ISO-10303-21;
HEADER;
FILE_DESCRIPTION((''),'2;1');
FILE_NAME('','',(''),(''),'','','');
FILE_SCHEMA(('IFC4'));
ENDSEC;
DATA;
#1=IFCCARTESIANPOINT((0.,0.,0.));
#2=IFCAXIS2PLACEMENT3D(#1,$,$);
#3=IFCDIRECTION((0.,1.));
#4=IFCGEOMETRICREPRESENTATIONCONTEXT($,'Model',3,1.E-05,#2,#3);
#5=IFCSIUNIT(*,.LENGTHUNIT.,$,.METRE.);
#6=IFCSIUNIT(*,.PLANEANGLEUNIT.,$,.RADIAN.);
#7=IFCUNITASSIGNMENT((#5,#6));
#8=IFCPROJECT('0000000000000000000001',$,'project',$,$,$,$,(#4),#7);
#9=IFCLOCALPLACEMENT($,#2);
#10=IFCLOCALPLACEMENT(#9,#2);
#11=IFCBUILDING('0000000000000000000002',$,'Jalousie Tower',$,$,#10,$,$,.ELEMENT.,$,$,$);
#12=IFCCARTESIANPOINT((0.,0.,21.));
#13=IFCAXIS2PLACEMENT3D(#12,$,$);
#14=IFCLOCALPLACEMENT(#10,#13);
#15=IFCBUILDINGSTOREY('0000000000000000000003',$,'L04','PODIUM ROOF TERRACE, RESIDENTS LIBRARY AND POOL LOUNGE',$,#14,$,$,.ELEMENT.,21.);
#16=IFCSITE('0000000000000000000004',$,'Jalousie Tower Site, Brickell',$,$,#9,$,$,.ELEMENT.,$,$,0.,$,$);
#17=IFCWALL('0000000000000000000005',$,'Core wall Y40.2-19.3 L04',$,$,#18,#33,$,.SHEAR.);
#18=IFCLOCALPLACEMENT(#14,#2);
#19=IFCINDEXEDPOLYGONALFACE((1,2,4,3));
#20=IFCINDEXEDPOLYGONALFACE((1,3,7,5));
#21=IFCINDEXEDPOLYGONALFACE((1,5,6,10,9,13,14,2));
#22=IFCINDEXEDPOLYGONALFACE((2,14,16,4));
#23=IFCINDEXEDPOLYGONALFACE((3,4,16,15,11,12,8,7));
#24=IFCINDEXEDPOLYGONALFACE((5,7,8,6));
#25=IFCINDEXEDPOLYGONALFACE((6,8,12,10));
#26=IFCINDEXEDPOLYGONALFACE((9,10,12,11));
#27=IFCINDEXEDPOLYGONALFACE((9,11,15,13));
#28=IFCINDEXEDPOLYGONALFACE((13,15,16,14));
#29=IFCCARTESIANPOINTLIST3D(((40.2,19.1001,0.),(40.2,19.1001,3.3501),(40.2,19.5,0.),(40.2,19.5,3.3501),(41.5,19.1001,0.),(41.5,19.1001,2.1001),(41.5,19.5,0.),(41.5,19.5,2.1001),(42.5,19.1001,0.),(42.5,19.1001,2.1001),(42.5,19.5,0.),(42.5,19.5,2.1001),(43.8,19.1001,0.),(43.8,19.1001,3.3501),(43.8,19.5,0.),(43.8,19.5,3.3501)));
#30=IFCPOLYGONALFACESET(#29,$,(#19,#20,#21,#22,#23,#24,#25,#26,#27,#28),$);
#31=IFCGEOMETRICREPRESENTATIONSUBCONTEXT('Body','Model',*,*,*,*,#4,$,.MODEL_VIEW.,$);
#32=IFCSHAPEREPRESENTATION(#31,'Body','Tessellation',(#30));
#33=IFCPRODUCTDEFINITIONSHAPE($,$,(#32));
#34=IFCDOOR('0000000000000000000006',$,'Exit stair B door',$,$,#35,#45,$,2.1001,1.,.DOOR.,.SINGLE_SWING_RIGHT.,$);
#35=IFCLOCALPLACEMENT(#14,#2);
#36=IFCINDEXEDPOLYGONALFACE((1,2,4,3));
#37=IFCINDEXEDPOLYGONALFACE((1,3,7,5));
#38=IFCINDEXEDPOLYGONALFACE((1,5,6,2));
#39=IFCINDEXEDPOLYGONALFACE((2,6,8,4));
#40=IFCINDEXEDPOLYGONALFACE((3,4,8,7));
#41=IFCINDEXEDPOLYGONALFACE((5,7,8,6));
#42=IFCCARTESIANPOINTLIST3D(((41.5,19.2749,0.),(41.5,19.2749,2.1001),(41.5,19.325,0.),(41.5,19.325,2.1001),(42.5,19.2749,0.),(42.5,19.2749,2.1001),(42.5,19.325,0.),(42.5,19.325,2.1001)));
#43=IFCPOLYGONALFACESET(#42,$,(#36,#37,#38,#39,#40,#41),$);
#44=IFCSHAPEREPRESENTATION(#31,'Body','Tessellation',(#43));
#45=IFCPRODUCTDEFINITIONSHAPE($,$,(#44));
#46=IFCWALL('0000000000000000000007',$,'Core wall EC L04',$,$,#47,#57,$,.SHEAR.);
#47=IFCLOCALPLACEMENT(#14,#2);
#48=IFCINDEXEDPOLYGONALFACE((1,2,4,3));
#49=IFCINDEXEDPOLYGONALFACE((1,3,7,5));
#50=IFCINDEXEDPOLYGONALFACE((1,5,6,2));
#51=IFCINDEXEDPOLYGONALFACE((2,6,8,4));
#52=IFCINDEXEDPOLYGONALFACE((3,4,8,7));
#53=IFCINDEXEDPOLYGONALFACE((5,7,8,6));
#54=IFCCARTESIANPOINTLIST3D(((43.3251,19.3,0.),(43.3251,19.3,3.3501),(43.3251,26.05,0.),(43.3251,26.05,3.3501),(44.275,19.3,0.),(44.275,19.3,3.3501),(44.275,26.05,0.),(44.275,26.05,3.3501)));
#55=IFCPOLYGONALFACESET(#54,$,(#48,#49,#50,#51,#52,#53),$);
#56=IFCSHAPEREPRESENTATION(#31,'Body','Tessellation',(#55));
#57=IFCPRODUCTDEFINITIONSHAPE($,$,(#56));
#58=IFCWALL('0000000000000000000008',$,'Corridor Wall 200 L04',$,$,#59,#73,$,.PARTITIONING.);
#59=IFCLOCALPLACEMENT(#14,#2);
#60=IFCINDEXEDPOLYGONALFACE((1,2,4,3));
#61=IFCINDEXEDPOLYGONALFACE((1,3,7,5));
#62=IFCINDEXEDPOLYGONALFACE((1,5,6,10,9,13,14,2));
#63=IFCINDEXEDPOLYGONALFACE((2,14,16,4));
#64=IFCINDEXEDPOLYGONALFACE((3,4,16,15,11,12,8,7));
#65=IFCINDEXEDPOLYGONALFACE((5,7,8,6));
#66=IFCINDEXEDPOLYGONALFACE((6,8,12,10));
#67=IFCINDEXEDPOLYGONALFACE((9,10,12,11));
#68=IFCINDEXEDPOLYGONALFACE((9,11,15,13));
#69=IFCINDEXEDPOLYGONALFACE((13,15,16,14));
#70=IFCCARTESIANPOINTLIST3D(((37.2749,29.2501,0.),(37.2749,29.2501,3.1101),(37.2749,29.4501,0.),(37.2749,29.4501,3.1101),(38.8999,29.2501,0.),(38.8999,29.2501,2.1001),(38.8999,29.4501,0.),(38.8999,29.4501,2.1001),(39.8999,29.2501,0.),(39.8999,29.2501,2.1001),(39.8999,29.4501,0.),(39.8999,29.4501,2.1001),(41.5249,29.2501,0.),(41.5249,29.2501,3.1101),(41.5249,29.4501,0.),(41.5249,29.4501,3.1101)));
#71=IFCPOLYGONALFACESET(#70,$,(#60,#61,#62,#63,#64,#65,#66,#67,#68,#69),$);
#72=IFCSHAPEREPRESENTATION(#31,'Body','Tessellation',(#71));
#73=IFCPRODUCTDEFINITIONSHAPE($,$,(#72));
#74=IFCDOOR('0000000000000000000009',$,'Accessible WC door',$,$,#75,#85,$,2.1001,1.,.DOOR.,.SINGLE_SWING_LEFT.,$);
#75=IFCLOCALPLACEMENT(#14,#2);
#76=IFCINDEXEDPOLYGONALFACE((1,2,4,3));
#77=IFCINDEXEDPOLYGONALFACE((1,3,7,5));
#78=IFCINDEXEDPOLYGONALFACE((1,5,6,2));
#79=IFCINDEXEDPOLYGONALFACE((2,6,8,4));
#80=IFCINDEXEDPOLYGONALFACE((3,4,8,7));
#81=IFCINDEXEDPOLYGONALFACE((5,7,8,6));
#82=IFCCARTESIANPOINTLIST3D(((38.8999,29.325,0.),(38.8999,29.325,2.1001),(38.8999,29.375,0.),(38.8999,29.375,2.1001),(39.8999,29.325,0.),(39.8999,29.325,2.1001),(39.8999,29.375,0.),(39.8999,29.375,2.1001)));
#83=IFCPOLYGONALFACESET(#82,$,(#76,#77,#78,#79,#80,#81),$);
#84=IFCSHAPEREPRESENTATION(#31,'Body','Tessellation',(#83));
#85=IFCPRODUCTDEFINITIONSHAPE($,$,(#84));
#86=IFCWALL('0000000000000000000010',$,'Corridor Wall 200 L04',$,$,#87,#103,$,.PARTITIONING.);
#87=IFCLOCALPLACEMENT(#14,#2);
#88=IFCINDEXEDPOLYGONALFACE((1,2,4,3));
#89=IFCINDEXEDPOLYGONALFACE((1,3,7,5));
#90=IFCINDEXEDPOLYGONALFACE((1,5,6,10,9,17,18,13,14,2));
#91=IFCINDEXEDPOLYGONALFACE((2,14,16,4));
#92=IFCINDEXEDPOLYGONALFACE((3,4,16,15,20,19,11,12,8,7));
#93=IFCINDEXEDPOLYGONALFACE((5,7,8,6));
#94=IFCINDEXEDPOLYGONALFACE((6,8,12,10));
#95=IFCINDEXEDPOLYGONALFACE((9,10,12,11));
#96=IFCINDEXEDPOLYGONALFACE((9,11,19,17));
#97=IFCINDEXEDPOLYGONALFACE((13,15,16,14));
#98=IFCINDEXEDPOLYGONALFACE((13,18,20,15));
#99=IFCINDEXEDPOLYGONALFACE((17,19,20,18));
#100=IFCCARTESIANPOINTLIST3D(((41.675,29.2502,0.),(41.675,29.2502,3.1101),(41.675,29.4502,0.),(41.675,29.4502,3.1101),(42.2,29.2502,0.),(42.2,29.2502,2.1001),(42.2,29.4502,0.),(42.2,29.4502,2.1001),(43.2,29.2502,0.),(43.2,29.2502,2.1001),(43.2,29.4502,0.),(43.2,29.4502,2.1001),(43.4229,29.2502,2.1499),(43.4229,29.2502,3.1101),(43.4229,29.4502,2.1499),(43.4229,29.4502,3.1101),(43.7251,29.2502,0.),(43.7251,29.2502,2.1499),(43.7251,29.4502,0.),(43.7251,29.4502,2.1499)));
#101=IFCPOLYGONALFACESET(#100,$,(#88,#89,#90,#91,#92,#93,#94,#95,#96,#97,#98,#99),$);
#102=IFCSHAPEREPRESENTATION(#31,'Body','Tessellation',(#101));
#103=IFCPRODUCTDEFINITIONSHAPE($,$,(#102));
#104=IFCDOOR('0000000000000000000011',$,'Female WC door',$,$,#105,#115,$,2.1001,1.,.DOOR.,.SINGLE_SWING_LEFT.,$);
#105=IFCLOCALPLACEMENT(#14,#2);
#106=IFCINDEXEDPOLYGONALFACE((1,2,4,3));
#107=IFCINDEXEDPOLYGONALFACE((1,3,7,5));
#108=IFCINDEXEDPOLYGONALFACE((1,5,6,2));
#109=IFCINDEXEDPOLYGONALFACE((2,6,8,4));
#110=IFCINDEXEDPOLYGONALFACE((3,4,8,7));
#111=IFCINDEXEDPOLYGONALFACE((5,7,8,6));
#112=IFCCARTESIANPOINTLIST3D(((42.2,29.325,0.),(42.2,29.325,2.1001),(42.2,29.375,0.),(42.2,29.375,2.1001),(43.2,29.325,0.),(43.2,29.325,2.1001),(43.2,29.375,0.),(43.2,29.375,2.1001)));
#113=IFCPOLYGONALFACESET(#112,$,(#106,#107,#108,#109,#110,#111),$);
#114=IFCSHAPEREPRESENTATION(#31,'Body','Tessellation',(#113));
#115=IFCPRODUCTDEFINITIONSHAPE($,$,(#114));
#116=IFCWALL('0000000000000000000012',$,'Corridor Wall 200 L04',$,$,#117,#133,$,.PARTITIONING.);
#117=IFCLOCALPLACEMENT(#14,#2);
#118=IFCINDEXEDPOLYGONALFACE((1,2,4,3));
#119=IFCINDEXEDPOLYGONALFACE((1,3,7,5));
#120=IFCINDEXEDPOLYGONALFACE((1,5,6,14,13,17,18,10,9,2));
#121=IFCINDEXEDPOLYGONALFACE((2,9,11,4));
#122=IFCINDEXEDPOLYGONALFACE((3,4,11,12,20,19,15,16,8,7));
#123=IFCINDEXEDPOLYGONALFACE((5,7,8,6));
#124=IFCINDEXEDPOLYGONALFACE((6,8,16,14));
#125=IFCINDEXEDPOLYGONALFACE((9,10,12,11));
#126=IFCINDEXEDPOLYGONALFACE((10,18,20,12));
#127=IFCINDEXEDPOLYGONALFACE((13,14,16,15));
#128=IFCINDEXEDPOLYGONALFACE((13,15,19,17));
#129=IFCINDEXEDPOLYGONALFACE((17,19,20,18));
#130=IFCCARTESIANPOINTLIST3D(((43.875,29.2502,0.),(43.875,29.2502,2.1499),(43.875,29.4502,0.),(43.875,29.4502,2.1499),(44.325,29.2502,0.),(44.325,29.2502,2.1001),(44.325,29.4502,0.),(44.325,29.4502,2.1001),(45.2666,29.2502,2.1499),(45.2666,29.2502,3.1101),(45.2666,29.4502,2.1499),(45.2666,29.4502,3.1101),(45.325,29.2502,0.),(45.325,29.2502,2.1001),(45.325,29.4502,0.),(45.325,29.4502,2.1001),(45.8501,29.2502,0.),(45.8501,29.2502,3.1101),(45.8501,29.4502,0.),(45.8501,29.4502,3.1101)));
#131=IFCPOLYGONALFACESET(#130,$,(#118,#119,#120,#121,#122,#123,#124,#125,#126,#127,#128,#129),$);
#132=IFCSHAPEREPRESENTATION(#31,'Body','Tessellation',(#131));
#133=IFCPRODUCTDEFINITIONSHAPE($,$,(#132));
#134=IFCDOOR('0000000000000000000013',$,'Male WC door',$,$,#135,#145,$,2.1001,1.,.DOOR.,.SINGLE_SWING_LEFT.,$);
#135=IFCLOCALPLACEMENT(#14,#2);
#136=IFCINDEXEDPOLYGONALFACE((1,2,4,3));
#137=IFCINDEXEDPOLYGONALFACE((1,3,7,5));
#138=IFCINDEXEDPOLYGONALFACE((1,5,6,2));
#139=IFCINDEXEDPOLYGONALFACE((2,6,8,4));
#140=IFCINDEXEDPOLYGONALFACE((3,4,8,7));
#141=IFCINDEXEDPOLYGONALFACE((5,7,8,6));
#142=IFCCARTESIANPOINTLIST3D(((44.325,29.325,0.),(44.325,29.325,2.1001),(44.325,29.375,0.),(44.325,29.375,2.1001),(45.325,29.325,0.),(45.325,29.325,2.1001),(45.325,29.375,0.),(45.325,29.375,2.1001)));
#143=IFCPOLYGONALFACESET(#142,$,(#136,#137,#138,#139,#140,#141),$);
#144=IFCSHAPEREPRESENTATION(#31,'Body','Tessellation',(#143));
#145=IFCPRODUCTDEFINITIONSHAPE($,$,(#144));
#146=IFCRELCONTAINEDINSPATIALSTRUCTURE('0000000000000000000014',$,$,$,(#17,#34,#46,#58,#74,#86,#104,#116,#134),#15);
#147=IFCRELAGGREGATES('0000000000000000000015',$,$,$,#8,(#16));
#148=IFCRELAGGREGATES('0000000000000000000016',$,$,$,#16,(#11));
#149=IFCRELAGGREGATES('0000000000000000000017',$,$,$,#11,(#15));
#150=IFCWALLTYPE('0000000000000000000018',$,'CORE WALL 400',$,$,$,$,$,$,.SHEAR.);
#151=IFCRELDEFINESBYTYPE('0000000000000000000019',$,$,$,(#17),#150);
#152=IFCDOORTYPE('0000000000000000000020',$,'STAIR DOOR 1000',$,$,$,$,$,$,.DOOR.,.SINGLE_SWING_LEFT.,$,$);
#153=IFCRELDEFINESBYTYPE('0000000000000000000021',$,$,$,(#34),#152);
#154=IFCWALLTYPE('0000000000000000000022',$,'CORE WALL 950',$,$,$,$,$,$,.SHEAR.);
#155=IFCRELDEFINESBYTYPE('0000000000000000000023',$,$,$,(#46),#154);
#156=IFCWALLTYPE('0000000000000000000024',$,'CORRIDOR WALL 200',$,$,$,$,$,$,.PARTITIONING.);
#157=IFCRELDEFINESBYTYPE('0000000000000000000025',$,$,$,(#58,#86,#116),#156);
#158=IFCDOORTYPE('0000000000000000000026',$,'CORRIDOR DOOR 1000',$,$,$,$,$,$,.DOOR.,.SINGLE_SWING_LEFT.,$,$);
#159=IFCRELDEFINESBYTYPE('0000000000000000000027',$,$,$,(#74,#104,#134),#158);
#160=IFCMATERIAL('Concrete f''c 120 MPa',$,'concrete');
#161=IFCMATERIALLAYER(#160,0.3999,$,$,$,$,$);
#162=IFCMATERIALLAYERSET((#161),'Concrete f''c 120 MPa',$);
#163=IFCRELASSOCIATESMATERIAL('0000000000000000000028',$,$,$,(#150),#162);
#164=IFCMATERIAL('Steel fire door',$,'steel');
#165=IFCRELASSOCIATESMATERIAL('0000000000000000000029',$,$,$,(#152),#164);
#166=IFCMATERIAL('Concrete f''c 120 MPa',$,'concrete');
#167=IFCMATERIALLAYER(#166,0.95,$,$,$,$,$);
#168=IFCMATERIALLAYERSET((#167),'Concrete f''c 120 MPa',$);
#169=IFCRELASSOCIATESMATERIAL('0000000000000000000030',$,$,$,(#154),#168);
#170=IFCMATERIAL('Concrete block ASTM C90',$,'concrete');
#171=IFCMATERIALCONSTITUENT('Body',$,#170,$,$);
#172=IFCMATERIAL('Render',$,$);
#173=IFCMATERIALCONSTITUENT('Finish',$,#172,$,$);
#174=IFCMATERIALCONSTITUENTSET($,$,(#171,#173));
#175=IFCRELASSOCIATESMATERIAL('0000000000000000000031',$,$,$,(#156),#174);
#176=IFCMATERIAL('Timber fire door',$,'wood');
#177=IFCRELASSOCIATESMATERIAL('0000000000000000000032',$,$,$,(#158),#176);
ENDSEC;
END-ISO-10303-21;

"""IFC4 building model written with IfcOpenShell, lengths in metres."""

from ifc_helpers import new_model, si_unit, direction, frame, frame_2d, origin, place, context, subcontext, project, spatial, polyline, rectangle, outline, extrude, material, layer, layer_set, constituent, constituent_set, type_object, element, fill, save


model = new_model("IFC4")

# Units and contexts
model_context = context("Model", 3, precision=1e-05, world=origin(), true_north=direction((0.0, 1.0)))
body_context = subcontext(model_context, "Body", "Model", "MODEL_VIEW")
ifc_project = project(units=[si_unit("LENGTHUNIT", "METRE"), si_unit("PLANEANGLEUNIT", "RADIAN")], contexts=[model_context])

# Site, building, storey
site_placement = place(None, origin())
site = spatial("IfcSite", under=ifc_project, at=site_placement, Name="Jalousie Tower Site, Brickell", CompositionType="ELEMENT", RefElevation=0.0)
building_placement = place(site_placement, origin())
building = spatial("IfcBuilding", under=site, at=building_placement, Name="Jalousie Tower", CompositionType="ELEMENT")
storey_placement = place(building_placement, frame((0.0, 0.0, 21.0)))
storey = spatial("IfcBuildingStorey", under=building, at=storey_placement, Name="L04", Description="PODIUM ROOF TERRACE, RESIDENTS LIBRARY AND POOL LOUNGE", CompositionType="ELEMENT", Elevation=21.0)

# Shared definitions
ifc_material_1 = material(Name="Concrete f'c 120 MPa", Category="concrete")
ifc_layer_1 = layer(ifc_material_1, 0.3999)
ifc_layer_set_1 = layer_set([ifc_layer_1], Name="Concrete f'c 120 MPa")
wall_type_1 = type_object("IfcWallType", Name="CORE WALL 400", PredefinedType="SHEAR", material=ifc_layer_set_1)

# Wall, opening, door
wall_1_placement = place(storey_placement, frame((40.2, 19.3, 0.0), z_axis=(0.0, 0.0, 1.0), x_axis=(1.0, 0.0, 0.0)))
wall_1 = element("IfcWall", 1, at=wall_1_placement, inside=storey, type_object=wall_type_1, Name="Core wall Y40.2-19.3 L04", PredefinedType="SHEAR", context=body_context, shape_type="SweptSolid", body=[
    extrude(rectangle(XDim=3.6001, YDim=0.3999, at=frame_2d((1.8, 0.0))), origin(), (0.0, 0.0, 1.0), 3.3501),
])
opening_1_placement = place(wall_1_placement, frame((1.3, 0.0, 0.0)))
opening_1 = element("IfcOpeningElement", 2, at=opening_1_placement, cuts=wall_1, PredefinedType="OPENING", context=body_context, shape_type="SweptSolid", body=[
    extrude(rectangle(XDim=1.0, YDim=2.1001, at=frame_2d((0.5, 1.05))), frame((0.0, 0.21, 0.0), z_axis=(0.0, -1.0, 0.0), x_axis=(1.0, 0.0, 0.0)), (0.0, 0.0, 1.0), 0.4199),
])
ifc_material_2 = material(Name="Steel fire door", Category="steel")
door_type_1 = type_object("IfcDoorType", Name="STAIR DOOR 1000", OperationType="SINGLE_SWING_LEFT", PredefinedType="DOOR", material=ifc_material_2)
door_1_placement = place(opening_1_placement, origin())
door_1 = element("IfcDoor", 3, at=door_1_placement, inside=storey, type_object=door_type_1, Name="Exit stair B door", OperationType="SINGLE_SWING_RIGHT", OverallHeight=2.1001, OverallWidth=1.0, PredefinedType="DOOR", context=body_context, shape_type="SweptSolid", body=[
    extrude(rectangle(XDim=1.0, YDim=2.1001, at=frame_2d((0.5, 1.05))), frame((0.0, 0.0249, 0.0), z_axis=(0.0, -1.0, 0.0), x_axis=(1.0, 0.0, 0.0)), (0.0, 0.0, 1.0), 0.05),
])
fill(opening_1, door_1)

# Wall
ifc_material_3 = material(Name="Concrete f'c 120 MPa", Category="concrete")
ifc_layer_2 = layer(ifc_material_3, 0.95)
ifc_layer_set_2 = layer_set([ifc_layer_2], Name="Concrete f'c 120 MPa")
wall_type_2 = type_object("IfcWallType", Name="CORE WALL 950", PredefinedType="SHEAR", material=ifc_layer_set_2)
wall_2_placement = place(storey_placement, frame((43.8, 19.3, 0.0), z_axis=(0.0, 0.0, 1.0), x_axis=(0.0, 1.0, 0.0)))
element("IfcWall", 4, at=wall_2_placement, inside=storey, type_object=wall_type_2, Name="Core wall EC L04", PredefinedType="SHEAR", context=body_context, shape_type="SweptSolid", body=[
    extrude(rectangle(XDim=6.75, YDim=0.95, at=frame_2d((3.375, 0.0))), origin(), (0.0, 0.0, 1.0), 3.3501),
])

# Walls, openings, doors
ifc_material_4 = material(Name="Concrete block ASTM C90", Category="concrete")
ifc_constituent_1 = constituent(ifc_material_4, Name="Body")
ifc_material_5 = material(Name="Render")
ifc_constituent_2 = constituent(ifc_material_5, Name="Finish")
ifc_constituent_set_1 = constituent_set(constituents=[ifc_constituent_1, ifc_constituent_2])
wall_type_3 = type_object("IfcWallType", Name="CORRIDOR WALL 200", PredefinedType="PARTITIONING", material=ifc_constituent_set_1)
wall_3_placement = place(storey_placement, frame((37.2749, 29.3501, 0.0), z_axis=(0.0, 0.0, 1.0), x_axis=(1.0, 0.0, 0.0)))
wall_3 = element("IfcWall", 5, at=wall_3_placement, inside=storey, type_object=wall_type_3, Name="Corridor Wall 200 L04", PredefinedType="PARTITIONING", context=body_context, shape_type="SweptSolid", body=[
    extrude(rectangle(XDim=4.25, YDim=0.2, at=frame_2d((2.125, 0.0))), origin(), (0.0, 0.0, 1.0), 3.1101),
])
opening_2_placement = place(wall_3_placement, frame((1.625, 0.0, 0.0)))
opening_2 = element("IfcOpeningElement", 6, at=opening_2_placement, cuts=wall_3, PredefinedType="OPENING", context=body_context, shape_type="SweptSolid", body=[
    extrude(rectangle(XDim=1.0, YDim=2.1001, at=frame_2d((0.5, 1.05))), frame((0.0, 0.1099, 0.0), z_axis=(0.0, -1.0, 0.0), x_axis=(1.0, 0.0, 0.0)), (0.0, 0.0, 1.0), 0.22),
])
ifc_material_6 = material(Name="Timber fire door", Category="wood")
door_type_2 = type_object("IfcDoorType", Name="CORRIDOR DOOR 1000", OperationType="SINGLE_SWING_LEFT", PredefinedType="DOOR", material=ifc_material_6)
door_2_placement = place(opening_2_placement, origin())
door_2 = element("IfcDoor", 7, at=door_2_placement, inside=storey, type_object=door_type_2, Name="Accessible WC door", OperationType="SINGLE_SWING_LEFT", OverallHeight=2.1001, OverallWidth=1.0, PredefinedType="DOOR", context=body_context, shape_type="SweptSolid", body=[
    extrude(rectangle(XDim=1.0, YDim=2.1001, at=frame_2d((0.5, 1.05))), frame((0.0, 0.0249, 0.0), z_axis=(0.0, -1.0, 0.0), x_axis=(1.0, 0.0, 0.0)), (0.0, 0.0, 1.0), 0.05),
])
fill(opening_2, door_2)
wall_4_placement = place(storey_placement, frame((41.675, 29.3501, 0.0), z_axis=(0.0, 0.0, 1.0), x_axis=(1.0, 0.0, 0.0)))
wall_4 = element("IfcWall", 8, at=wall_4_placement, inside=storey, type_object=wall_type_3, Name="Corridor Wall 200 L04", PredefinedType="PARTITIONING", context=body_context, shape_type="SweptSolid", body=[
    extrude(outline(polyline([(0.0, 0.0), (2.05, 0.0), (2.05, 3.1101), (2.05, 2.1499), (1.7478, 2.1499), (1.7478, 3.1101), (0.0, 3.1101), (0.0, 0.0)])), frame((0.0, 0.1001, 0.0), z_axis=(0.0, -1.0, 0.0), x_axis=(1.0, 0.0, 0.0)), (0.0, 0.0, 1.0), 0.2),
])
opening_3_placement = place(wall_4_placement, frame((0.5249, 0.0, 0.0)))
opening_3 = element("IfcOpeningElement", 9, at=opening_3_placement, cuts=wall_4, PredefinedType="OPENING", context=body_context, shape_type="SweptSolid", body=[
    extrude(rectangle(XDim=1.0, YDim=2.1001, at=frame_2d((0.5, 1.05))), frame((0.0, 0.1099, 0.0), z_axis=(0.0, -1.0, 0.0), x_axis=(1.0, 0.0, 0.0)), (0.0, 0.0, 1.0), 0.22),
])
door_3_placement = place(opening_3_placement, origin())
door_3 = element("IfcDoor", 10, at=door_3_placement, inside=storey, type_object=door_type_2, Name="Female WC door", OperationType="SINGLE_SWING_LEFT", OverallHeight=2.1001, OverallWidth=1.0, PredefinedType="DOOR", context=body_context, shape_type="SweptSolid", body=[
    extrude(rectangle(XDim=1.0, YDim=2.1001, at=frame_2d((0.5, 1.05))), frame((0.0, 0.0249, 0.0), z_axis=(0.0, -1.0, 0.0), x_axis=(1.0, 0.0, 0.0)), (0.0, 0.0, 1.0), 0.05),
])
fill(opening_3, door_3)
wall_5_placement = place(storey_placement, frame((43.875, 29.3501, 0.0), z_axis=(0.0, 0.0, 1.0), x_axis=(1.0, 0.0, 0.0)))
wall_5 = element("IfcWall", 11, at=wall_5_placement, inside=storey, type_object=wall_type_3, Name="Corridor Wall 200 L04", PredefinedType="PARTITIONING", context=body_context, shape_type="SweptSolid", body=[
    extrude(outline(polyline([(0.0, 0.0), (1.9751, 0.0), (1.9751, 3.1101), (1.3916, 3.1101), (1.3916, 2.1499), (0.0, 2.1499), (0.0, 3.1101), (0.0, 0.0)])), frame((0.0, 0.1001, 0.0), z_axis=(0.0, -1.0, 0.0), x_axis=(1.0, 0.0, 0.0)), (0.0, 0.0, 1.0), 0.2),
])
opening_4_placement = place(wall_5_placement, frame((0.45, 0.0, 0.0)))
opening_4 = element("IfcOpeningElement", 12, at=opening_4_placement, cuts=wall_5, PredefinedType="OPENING", context=body_context, shape_type="SweptSolid", body=[
    extrude(rectangle(XDim=1.0, YDim=2.1001, at=frame_2d((0.5, 1.05))), frame((0.0, 0.1099, 0.0), z_axis=(0.0, -1.0, 0.0), x_axis=(1.0, 0.0, 0.0)), (0.0, 0.0, 1.0), 0.22),
])
door_4_placement = place(opening_4_placement, origin())
door_4 = element("IfcDoor", 13, at=door_4_placement, inside=storey, type_object=door_type_2, Name="Male WC door", OperationType="SINGLE_SWING_LEFT", OverallHeight=2.1001, OverallWidth=1.0, PredefinedType="DOOR", context=body_context, shape_type="SweptSolid", body=[
    extrude(rectangle(XDim=1.0, YDim=2.1001, at=frame_2d((0.5, 1.05))), frame((0.0, 0.0249, 0.0), z_axis=(0.0, -1.0, 0.0), x_axis=(1.0, 0.0, 0.0)), (0.0, 0.0, 1.0), 0.05),
])
fill(opening_4, door_4)

save(model, "model.ifc")
